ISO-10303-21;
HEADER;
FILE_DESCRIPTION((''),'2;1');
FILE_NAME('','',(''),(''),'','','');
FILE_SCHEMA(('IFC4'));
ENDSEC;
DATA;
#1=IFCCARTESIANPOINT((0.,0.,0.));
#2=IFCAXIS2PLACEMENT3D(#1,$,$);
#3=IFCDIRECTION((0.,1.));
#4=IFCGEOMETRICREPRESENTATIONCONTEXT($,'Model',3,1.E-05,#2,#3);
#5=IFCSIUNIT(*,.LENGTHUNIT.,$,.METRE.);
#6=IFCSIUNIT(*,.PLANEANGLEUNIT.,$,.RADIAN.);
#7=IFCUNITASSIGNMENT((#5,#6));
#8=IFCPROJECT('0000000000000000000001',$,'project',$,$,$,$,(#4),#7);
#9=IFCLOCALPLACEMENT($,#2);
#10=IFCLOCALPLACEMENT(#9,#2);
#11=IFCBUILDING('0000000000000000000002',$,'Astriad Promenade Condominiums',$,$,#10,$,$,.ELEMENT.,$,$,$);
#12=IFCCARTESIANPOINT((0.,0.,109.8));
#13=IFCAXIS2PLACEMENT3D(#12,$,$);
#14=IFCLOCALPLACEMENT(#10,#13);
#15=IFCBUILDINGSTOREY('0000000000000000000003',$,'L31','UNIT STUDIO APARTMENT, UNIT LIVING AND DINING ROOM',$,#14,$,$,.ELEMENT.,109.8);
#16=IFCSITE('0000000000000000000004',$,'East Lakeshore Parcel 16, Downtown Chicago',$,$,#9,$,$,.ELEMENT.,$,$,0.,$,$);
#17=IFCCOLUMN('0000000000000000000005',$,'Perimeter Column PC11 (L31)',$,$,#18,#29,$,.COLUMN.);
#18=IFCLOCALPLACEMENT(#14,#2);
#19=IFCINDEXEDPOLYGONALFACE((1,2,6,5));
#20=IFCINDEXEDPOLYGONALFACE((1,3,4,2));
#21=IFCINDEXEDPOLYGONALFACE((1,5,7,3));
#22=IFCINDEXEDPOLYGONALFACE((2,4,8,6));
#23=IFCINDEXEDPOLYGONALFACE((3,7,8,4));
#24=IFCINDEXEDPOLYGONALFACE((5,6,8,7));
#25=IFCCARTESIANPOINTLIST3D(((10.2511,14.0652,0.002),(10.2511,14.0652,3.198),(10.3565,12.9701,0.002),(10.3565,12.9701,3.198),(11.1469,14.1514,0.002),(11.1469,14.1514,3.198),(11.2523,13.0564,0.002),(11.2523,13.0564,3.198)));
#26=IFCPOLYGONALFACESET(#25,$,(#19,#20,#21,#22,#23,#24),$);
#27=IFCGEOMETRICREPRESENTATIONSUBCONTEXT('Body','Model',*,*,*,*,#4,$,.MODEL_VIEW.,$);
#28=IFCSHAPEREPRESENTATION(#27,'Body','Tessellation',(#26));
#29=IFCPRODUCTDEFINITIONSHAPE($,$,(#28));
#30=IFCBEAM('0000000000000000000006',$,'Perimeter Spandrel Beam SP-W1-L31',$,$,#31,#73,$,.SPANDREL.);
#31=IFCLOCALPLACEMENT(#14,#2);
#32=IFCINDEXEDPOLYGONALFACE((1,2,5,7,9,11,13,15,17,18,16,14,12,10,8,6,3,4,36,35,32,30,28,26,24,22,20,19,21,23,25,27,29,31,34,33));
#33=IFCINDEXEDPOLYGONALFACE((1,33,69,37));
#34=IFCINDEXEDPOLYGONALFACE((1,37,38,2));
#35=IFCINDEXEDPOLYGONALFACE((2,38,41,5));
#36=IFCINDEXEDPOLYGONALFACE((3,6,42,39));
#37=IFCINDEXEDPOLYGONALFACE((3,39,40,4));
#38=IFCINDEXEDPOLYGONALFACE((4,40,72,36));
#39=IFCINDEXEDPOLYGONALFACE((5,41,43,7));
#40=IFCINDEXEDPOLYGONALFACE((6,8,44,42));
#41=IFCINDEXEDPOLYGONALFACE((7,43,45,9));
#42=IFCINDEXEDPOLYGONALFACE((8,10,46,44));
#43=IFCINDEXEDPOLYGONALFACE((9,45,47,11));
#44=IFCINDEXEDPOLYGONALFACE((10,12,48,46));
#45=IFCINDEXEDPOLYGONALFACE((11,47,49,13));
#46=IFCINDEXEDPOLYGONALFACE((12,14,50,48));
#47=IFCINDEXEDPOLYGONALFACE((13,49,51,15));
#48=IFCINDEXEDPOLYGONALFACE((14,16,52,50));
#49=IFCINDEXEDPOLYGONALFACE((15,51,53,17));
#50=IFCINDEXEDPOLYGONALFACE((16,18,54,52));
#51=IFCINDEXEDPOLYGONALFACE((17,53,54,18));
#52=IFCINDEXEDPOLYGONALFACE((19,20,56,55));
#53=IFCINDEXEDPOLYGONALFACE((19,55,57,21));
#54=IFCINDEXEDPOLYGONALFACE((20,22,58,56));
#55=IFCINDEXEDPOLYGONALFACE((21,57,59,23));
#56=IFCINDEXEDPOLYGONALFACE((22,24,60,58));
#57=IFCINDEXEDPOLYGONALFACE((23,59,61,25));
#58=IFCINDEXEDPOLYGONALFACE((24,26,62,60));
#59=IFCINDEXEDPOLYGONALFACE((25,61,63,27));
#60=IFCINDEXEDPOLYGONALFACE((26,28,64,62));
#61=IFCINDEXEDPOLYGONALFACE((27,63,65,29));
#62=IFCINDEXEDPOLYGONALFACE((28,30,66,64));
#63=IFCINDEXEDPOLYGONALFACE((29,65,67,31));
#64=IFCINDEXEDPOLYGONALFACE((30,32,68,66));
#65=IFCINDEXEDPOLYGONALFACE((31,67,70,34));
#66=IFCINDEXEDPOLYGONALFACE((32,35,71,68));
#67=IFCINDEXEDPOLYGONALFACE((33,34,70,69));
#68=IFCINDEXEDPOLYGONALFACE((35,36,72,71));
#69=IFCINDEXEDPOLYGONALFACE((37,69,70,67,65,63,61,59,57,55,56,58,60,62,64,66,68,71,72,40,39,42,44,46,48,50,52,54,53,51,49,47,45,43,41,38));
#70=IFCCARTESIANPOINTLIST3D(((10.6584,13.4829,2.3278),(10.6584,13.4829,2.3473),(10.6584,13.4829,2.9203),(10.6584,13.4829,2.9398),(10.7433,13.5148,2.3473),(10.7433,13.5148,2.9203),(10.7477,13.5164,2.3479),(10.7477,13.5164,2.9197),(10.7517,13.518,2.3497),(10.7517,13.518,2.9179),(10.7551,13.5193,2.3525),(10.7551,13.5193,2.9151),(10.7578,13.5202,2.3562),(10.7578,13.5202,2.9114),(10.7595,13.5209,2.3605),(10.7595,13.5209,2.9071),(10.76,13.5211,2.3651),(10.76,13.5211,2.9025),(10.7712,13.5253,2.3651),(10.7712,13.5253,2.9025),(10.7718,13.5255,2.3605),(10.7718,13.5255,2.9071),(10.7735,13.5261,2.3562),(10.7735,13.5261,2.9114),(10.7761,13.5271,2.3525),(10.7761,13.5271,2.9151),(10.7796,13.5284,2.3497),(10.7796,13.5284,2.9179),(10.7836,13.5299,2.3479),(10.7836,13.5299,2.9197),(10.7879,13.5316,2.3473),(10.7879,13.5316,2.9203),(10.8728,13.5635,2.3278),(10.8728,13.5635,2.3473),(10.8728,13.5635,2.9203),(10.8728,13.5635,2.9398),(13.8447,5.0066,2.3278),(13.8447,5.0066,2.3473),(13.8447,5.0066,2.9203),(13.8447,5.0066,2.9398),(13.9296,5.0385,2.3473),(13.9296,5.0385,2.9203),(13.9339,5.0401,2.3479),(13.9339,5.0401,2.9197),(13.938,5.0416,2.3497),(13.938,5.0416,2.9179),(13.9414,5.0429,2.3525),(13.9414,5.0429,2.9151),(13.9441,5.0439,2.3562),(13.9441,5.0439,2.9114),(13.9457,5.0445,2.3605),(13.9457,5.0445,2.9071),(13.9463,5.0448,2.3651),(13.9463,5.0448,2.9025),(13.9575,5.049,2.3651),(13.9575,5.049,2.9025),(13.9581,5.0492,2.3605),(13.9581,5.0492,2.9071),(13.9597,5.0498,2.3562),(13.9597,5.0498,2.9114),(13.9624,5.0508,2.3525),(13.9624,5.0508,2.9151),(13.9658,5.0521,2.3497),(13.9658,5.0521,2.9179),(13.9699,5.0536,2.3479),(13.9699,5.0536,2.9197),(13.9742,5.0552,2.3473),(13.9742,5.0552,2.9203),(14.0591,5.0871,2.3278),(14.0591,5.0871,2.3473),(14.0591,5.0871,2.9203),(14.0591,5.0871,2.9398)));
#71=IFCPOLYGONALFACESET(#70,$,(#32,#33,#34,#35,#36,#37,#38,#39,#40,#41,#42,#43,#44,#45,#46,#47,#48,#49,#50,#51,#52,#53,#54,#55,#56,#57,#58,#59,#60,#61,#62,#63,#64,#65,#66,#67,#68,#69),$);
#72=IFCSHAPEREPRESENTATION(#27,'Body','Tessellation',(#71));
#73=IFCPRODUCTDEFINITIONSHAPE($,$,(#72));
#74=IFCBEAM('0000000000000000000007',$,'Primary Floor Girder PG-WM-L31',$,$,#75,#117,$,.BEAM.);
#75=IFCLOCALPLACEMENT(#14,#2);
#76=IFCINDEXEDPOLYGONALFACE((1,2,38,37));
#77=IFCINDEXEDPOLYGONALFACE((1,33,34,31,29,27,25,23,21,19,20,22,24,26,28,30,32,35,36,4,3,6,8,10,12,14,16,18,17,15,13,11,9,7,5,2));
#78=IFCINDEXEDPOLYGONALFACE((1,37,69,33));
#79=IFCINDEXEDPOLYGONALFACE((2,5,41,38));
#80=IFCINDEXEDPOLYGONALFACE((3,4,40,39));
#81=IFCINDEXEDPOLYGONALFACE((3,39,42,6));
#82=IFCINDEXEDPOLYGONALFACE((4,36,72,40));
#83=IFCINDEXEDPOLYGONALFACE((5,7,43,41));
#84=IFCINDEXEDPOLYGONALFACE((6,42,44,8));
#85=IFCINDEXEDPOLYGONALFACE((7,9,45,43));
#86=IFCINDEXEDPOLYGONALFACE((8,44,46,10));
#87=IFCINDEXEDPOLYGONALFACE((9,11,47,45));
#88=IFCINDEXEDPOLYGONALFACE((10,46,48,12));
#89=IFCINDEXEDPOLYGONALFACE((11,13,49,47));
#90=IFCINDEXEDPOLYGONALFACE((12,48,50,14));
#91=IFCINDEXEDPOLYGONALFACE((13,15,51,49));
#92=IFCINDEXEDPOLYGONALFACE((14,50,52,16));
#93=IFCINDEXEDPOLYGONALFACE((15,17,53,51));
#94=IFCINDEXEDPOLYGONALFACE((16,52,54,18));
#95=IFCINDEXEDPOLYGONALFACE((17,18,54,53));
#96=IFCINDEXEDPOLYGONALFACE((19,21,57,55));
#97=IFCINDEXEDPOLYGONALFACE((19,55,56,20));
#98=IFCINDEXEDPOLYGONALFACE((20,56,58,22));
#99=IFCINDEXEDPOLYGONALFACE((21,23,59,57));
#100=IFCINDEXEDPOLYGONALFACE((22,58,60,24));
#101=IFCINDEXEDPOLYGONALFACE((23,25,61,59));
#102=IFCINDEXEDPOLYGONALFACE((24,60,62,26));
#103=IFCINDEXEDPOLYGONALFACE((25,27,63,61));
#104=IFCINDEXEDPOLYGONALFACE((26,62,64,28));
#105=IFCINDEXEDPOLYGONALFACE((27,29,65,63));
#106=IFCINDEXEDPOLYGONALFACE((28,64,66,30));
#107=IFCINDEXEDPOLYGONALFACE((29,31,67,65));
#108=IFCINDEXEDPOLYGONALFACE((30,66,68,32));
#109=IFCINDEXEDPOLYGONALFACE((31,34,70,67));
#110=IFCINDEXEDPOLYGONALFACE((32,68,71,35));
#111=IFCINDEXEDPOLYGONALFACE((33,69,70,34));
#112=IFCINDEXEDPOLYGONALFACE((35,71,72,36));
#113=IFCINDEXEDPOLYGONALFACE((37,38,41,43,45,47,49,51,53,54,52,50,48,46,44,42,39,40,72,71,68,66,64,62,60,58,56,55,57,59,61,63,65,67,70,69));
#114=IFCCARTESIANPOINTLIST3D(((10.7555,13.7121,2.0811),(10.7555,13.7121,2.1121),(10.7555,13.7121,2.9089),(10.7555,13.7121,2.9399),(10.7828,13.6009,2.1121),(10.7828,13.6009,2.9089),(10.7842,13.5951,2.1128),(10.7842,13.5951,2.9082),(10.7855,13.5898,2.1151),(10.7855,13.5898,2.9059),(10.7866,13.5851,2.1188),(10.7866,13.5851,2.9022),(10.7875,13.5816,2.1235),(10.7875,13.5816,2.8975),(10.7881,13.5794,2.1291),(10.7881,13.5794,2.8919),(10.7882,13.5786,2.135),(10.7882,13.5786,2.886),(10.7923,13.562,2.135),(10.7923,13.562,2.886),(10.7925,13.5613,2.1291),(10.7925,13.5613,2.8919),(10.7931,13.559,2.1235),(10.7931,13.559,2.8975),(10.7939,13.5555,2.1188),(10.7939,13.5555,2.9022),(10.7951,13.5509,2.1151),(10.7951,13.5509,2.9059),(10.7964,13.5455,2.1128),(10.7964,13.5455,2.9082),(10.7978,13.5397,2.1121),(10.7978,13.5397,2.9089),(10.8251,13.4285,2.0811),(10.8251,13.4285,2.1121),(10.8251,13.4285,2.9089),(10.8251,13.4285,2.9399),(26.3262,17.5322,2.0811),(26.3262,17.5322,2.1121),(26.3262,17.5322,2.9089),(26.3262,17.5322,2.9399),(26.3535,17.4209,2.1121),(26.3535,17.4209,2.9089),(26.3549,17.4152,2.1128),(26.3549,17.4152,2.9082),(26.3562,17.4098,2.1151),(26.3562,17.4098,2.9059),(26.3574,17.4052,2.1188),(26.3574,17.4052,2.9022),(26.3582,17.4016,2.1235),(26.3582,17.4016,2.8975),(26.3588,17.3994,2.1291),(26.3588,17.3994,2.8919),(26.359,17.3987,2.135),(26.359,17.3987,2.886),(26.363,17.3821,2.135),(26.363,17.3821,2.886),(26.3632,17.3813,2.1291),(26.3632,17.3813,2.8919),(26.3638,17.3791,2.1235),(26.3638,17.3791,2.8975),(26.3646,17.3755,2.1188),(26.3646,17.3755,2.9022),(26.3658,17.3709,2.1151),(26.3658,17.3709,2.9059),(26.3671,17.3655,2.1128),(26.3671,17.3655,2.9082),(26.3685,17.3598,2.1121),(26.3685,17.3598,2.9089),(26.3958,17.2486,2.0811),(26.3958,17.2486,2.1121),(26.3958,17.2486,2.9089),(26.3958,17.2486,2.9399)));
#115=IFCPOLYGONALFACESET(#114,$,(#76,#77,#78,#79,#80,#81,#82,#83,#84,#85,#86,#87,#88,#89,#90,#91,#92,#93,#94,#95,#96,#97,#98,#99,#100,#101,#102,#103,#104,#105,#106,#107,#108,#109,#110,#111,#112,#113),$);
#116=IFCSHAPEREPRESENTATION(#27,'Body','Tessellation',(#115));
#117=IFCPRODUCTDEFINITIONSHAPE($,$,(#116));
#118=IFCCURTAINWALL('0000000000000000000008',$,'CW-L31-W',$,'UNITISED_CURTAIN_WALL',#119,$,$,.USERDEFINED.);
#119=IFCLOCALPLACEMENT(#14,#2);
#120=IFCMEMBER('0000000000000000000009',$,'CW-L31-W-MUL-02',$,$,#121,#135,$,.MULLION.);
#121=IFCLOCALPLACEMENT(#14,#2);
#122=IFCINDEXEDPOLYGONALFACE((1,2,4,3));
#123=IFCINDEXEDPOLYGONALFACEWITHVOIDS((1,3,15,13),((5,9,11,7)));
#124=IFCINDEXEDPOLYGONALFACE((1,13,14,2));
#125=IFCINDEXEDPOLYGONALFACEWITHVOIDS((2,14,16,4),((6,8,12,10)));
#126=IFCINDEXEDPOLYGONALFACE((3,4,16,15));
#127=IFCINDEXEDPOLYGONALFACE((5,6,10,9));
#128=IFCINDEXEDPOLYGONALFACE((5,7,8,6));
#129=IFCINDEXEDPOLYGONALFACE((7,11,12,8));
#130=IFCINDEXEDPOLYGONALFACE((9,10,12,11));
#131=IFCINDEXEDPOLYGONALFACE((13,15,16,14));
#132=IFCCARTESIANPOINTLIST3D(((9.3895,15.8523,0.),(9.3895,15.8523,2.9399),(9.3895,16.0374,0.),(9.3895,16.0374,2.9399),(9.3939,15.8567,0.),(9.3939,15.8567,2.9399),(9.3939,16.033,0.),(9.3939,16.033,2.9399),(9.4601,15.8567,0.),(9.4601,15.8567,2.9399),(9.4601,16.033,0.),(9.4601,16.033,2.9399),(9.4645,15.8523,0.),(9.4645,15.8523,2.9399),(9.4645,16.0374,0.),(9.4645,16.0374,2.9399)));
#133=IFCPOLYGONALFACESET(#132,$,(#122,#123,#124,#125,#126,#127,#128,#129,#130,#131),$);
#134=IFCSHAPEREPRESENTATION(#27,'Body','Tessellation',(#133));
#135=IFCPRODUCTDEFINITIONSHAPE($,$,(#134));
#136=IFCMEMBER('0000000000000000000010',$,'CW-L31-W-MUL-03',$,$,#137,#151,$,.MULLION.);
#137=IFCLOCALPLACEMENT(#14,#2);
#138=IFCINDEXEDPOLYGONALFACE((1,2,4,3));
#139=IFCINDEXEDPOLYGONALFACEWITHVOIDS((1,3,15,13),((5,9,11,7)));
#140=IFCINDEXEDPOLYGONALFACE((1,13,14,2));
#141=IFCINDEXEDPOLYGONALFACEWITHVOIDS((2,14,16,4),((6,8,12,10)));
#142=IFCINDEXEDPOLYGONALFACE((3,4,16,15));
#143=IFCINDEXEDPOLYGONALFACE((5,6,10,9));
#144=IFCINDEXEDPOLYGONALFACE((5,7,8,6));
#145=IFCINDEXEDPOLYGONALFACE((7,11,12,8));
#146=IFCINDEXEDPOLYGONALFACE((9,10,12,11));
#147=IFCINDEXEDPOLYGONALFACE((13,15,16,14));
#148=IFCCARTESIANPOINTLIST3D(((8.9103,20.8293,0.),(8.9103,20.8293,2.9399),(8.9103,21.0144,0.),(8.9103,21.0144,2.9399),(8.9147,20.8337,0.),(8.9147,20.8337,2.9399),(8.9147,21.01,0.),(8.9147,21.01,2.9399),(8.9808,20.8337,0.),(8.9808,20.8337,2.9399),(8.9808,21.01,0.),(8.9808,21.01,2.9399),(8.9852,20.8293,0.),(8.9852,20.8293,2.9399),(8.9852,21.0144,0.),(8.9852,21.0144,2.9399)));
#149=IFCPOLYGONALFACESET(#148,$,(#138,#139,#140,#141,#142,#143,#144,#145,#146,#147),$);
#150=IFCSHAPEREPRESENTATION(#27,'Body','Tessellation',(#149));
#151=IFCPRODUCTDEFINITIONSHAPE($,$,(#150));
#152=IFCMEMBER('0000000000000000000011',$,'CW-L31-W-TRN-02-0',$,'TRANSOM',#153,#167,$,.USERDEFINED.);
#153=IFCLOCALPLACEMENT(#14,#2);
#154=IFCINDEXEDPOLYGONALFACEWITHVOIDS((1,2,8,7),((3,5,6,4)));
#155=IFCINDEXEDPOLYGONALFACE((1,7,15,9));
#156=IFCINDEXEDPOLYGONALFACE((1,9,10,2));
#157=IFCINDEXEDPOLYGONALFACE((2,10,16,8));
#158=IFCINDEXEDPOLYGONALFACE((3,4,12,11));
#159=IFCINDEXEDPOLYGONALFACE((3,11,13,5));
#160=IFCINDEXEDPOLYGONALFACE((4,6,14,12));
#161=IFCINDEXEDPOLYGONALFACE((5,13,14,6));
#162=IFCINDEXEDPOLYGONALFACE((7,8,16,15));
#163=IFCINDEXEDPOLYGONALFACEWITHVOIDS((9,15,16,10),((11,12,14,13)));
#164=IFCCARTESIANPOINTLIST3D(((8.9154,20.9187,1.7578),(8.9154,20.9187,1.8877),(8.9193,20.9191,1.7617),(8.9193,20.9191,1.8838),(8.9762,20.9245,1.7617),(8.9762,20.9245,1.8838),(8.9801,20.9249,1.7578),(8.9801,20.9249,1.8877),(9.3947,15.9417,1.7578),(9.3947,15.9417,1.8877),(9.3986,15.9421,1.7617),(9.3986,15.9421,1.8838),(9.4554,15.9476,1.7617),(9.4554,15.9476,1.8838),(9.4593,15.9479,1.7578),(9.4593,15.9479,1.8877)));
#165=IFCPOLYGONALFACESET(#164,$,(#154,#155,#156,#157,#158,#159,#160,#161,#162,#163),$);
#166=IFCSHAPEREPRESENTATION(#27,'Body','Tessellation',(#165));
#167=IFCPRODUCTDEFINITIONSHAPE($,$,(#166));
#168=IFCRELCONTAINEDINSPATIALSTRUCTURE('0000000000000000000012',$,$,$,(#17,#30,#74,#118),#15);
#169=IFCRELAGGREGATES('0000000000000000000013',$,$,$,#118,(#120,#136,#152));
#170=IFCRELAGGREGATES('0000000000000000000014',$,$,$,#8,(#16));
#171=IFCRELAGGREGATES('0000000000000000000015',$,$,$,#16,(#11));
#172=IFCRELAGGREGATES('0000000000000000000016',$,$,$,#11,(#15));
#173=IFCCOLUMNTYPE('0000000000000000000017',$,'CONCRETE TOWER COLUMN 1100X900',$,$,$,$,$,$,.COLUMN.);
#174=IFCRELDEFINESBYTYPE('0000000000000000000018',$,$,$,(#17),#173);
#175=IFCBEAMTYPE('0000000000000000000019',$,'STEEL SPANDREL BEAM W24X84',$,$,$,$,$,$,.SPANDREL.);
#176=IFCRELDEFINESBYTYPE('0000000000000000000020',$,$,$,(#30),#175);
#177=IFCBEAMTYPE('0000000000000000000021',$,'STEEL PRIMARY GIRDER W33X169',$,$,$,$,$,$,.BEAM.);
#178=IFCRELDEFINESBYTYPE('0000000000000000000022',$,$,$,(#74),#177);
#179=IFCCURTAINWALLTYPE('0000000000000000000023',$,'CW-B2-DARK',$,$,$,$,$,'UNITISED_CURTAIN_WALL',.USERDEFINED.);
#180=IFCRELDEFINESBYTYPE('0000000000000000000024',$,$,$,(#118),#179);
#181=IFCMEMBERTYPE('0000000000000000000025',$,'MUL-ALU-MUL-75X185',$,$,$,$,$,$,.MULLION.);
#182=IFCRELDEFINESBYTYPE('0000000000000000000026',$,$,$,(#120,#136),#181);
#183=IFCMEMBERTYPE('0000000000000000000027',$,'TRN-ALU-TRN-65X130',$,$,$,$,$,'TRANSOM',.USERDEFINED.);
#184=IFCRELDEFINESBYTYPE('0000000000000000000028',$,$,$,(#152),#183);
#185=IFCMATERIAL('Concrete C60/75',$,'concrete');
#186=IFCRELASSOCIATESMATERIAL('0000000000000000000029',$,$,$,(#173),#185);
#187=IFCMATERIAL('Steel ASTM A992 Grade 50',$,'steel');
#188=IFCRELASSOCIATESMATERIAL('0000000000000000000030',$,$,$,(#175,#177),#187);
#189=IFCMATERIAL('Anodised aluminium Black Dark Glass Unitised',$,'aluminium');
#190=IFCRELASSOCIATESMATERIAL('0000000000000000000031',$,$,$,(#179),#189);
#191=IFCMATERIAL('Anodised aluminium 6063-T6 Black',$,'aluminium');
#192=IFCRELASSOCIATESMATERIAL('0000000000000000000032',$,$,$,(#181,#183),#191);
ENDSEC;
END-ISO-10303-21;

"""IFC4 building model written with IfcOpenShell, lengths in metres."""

from ifc_helpers import new_model, si_unit, direction, frame, origin, origin_2d, place, context, subcontext, project, spatial, rectangle, hollow_rectangle, i_section, extrude, source, transform, mapped, material, material_profile, profile_set, type_object, type_shapes, element, aggregate, save


model = new_model("IFC4")

# Units and contexts
model_context = context("Model", 3, precision=1e-05, world=origin(), true_north=direction((0.0, 1.0)))
body_context = subcontext(model_context, "Body", "Model", "MODEL_VIEW")
ifc_project = project(units=[si_unit("LENGTHUNIT", "METRE"), si_unit("PLANEANGLEUNIT", "RADIAN")], contexts=[model_context])

# Site, building, storey
site_placement = place(None, origin())
site = spatial("IfcSite", under=ifc_project, at=site_placement, Name="East Lakeshore Parcel 16, Downtown Chicago", CompositionType="ELEMENT", RefElevation=0.0)
building_placement = place(site_placement, origin())
building = spatial("IfcBuilding", under=site, at=building_placement, Name="Astriad Promenade Condominiums", CompositionType="ELEMENT")
storey_placement = place(building_placement, frame((0.0, 0.0, 109.8)))
storey = spatial("IfcBuildingStorey", under=building, at=storey_placement, Name="L31", Description="UNIT STUDIO APARTMENT, UNIT LIVING AND DINING ROOM", CompositionType="ELEMENT", Elevation=109.8)

# Column
ifc_material_1 = material(Name="Concrete C60/75", Category="concrete")
ifc_material_profile_1 = material_profile(ifc_material_1, rectangle(XDim=0.8999, YDim=1.1001, at=origin_2d()), Name="RC-COL-1100X900")
ifc_profile_set_1 = profile_set([ifc_material_profile_1], Name="Concrete C60/75")
column_type = type_object("IfcColumnType", Name="CONCRETE TOWER COLUMN 1100X900", PredefinedType="COLUMN", material=ifc_profile_set_1)
shared_shape_1 = source(origin(), body_context, "Body", "SweptSolid", [
    extrude(rectangle(XDim=0.8999, YDim=1.1001, at=origin_2d()), origin(), (0.0, 0.0, 1.0), 3.196),
])
type_shapes(column_type, [shared_shape_1])
column_placement = place(storey_placement, frame((10.7517, 13.5608, 0.002), z_axis=(0.0, 0.0, 1.0), x_axis=(0.995396, 0.095846, 0.0)))
element("IfcColumn", 1, at=column_placement, inside=storey, type_object=column_type, Name="Perimeter Column PC11 (L31)", PredefinedType="COLUMN", context=body_context, shape_type="MappedRepresentation", body=[
    mapped(shared_shape_1, transform((0.0, 0.0, 0.0), scale=1.0)),
])

# Beams
ifc_material_2 = material(Name="Steel ASTM A992 Grade 50", Category="steel")
ifc_material_profile_2 = material_profile(ifc_material_2, i_section(OverallWidth=0.229, OverallDepth=0.6121, WebThickness=0.012, FlangeThickness=0.0195, FilletRadius=0.0178, at=origin_2d()), Name="W24X84")
ifc_profile_set_2 = profile_set([ifc_material_profile_2], Name="Steel ASTM A992 Grade 50")
beam_type_1 = type_object("IfcBeamType", Name="STEEL SPANDREL BEAM W24X84", PredefinedType="SPANDREL", material=ifc_profile_set_2)
shared_shape_2 = source(origin(), body_context, "Body", "SweptSolid", [
    extrude(i_section(OverallWidth=0.229, OverallDepth=0.6121, WebThickness=0.012, FlangeThickness=0.0195, FilletRadius=0.0178, at=origin_2d()), origin(), (0.0, 0.0, 1.0), 9.0554),
])
type_shapes(beam_type_1, [shared_shape_2])
beam_1_placement = place(storey_placement, frame((10.7656, 13.5232, 2.6338), z_axis=(0.351865, -0.936051, 0.0), x_axis=(0.936051, 0.351865, 0.0)))
element("IfcBeam", 2, at=beam_1_placement, inside=storey, type_object=beam_type_1, Name="Perimeter Spandrel Beam SP-W1-L31", PredefinedType="SPANDREL", context=body_context, shape_type="MappedRepresentation", body=[
    mapped(shared_shape_2, transform((0.0, 0.0, 0.0), scale=1.0)),
])
ifc_material_profile_3 = material_profile(ifc_material_2, i_section(OverallWidth=0.292, OverallDepth=0.8589, WebThickness=0.0171, FlangeThickness=0.031, FilletRadius=0.0229, at=origin_2d()), Name="W33X169")
ifc_profile_set_3 = profile_set([ifc_material_profile_3], Name="Steel ASTM A992 Grade 50")
beam_type_2 = type_object("IfcBeamType", Name="STEEL PRIMARY GIRDER W33X169", PredefinedType="BEAM", material=ifc_profile_set_3)
shared_shape_3 = source(origin(), body_context, "Body", "SweptSolid", [
    extrude(i_section(OverallWidth=0.292, OverallDepth=0.8589, WebThickness=0.0171, FlangeThickness=0.031, FilletRadius=0.0229, at=origin_2d()), origin(), (0.0, 0.0, 1.0), 16.0325),
])
type_shapes(beam_type_2, [shared_shape_3])
beam_2_placement = place(storey_placement, frame((10.7903, 13.5703, 2.5105), z_axis=(0.971199, 0.238269, 0.0), x_axis=(-0.238269, 0.971199, 0.0)))
element("IfcBeam", 3, at=beam_2_placement, inside=storey, type_object=beam_type_2, Name="Primary Floor Girder PG-WM-L31", PredefinedType="BEAM", context=body_context, shape_type="MappedRepresentation", body=[
    mapped(shared_shape_3, transform((0.0, 0.0, 0.0), scale=1.0)),
])

# Curtain wall, members
ifc_material_3 = material(Name="Anodised aluminium Black Dark Glass Unitised", Category="aluminium")
curtain_wall_type = type_object("IfcCurtainWallType", Name="CW-B2-DARK", ElementType="UNITISED_CURTAIN_WALL", PredefinedType="USERDEFINED", material=ifc_material_3)
curtain_wall_placement = place(storey_placement, origin())
curtain_wall = element("IfcCurtainWall", 4, at=curtain_wall_placement, inside=storey, type_object=curtain_wall_type, Name="CW-L31-W", ObjectType="UNITISED_CURTAIN_WALL", PredefinedType="USERDEFINED")
ifc_material_4 = material(Name="Anodised aluminium 6063-T6 Black", Category="aluminium")
ifc_material_profile_4 = material_profile(ifc_material_4, hollow_rectangle(XDim=0.075, YDim=0.1851, WallThickness=0.0044, at=origin_2d()), Name="ALU-MUL-75X185")
ifc_profile_set_4 = profile_set([ifc_material_profile_4], Name="Anodised aluminium 6063-T6 Black")
member_type_1 = type_object("IfcMemberType", Name="MUL-ALU-MUL-75X185", PredefinedType="MULLION", material=ifc_profile_set_4)
shared_shape_4 = source(origin(), body_context, "Body", "SweptSolid", [
    extrude(hollow_rectangle(XDim=0.075, YDim=0.1851, WallThickness=0.0044, at=origin_2d()), origin(), (0.0, 0.0, 1.0), 2.9399),
])
type_shapes(member_type_1, [shared_shape_4])
member_1_placement = place(storey_placement, frame((9.427, 15.9448, 0.0), z_axis=(0.0, 0.0, 1.0), x_axis=(1.0, 0.0, 0.0)))
member_1 = element("IfcMember", 5, at=member_1_placement, type_object=member_type_1, Name="CW-L31-W-MUL-02", PredefinedType="MULLION", context=body_context, shape_type="MappedRepresentation", body=[
    mapped(shared_shape_4, transform((0.0, 0.0, 0.0), scale=1.0)),
])
member_2_placement = place(storey_placement, frame((8.9478, 20.9219, 0.0), z_axis=(0.0, 0.0, 1.0), x_axis=(1.0, 0.0, 0.0)))
member_2 = element("IfcMember", 6, at=member_2_placement, type_object=member_type_1, Name="CW-L31-W-MUL-03", PredefinedType="MULLION", context=body_context, shape_type="MappedRepresentation", body=[
    mapped(shared_shape_4, transform((0.0, 0.0, 0.0), scale=1.0)),
])
ifc_material_profile_5 = material_profile(ifc_material_4, hollow_rectangle(XDim=0.0649, YDim=0.1299, WallThickness=0.0039, at=origin_2d()), Name="ALU-TRN-65X130")
ifc_profile_set_5 = profile_set([ifc_material_profile_5], Name="Anodised aluminium 6063-T6 Black")
member_type_2 = type_object("IfcMemberType", Name="TRN-ALU-TRN-65X130", ElementType="TRANSOM", PredefinedType="USERDEFINED", material=ifc_profile_set_5)
shared_shape_5 = source(origin(), body_context, "Body", "SweptSolid", [
    extrude(hollow_rectangle(XDim=0.0649, YDim=0.1299, WallThickness=0.0039, at=origin_2d()), origin(), (0.0, 0.0, 1.0), 5.0),
])
type_shapes(member_type_2, [shared_shape_5])
member_3_placement = place(storey_placement, frame((9.427, 15.9448, 1.8228), z_axis=(-0.095848, 0.995396, 0.0), x_axis=(-0.995396, -0.095848, 0.0)))
member_3 = element("IfcMember", 7, at=member_3_placement, type_object=member_type_2, Name="CW-L31-W-TRN-02-0", ObjectType="TRANSOM", PredefinedType="USERDEFINED", context=body_context, shape_type="MappedRepresentation", body=[
    mapped(shared_shape_5, transform((0.0, 0.0, 0.0), scale=1.0)),
])
aggregate(curtain_wall, [member_1, member_2, member_3])

save(model, "model.ifc")
